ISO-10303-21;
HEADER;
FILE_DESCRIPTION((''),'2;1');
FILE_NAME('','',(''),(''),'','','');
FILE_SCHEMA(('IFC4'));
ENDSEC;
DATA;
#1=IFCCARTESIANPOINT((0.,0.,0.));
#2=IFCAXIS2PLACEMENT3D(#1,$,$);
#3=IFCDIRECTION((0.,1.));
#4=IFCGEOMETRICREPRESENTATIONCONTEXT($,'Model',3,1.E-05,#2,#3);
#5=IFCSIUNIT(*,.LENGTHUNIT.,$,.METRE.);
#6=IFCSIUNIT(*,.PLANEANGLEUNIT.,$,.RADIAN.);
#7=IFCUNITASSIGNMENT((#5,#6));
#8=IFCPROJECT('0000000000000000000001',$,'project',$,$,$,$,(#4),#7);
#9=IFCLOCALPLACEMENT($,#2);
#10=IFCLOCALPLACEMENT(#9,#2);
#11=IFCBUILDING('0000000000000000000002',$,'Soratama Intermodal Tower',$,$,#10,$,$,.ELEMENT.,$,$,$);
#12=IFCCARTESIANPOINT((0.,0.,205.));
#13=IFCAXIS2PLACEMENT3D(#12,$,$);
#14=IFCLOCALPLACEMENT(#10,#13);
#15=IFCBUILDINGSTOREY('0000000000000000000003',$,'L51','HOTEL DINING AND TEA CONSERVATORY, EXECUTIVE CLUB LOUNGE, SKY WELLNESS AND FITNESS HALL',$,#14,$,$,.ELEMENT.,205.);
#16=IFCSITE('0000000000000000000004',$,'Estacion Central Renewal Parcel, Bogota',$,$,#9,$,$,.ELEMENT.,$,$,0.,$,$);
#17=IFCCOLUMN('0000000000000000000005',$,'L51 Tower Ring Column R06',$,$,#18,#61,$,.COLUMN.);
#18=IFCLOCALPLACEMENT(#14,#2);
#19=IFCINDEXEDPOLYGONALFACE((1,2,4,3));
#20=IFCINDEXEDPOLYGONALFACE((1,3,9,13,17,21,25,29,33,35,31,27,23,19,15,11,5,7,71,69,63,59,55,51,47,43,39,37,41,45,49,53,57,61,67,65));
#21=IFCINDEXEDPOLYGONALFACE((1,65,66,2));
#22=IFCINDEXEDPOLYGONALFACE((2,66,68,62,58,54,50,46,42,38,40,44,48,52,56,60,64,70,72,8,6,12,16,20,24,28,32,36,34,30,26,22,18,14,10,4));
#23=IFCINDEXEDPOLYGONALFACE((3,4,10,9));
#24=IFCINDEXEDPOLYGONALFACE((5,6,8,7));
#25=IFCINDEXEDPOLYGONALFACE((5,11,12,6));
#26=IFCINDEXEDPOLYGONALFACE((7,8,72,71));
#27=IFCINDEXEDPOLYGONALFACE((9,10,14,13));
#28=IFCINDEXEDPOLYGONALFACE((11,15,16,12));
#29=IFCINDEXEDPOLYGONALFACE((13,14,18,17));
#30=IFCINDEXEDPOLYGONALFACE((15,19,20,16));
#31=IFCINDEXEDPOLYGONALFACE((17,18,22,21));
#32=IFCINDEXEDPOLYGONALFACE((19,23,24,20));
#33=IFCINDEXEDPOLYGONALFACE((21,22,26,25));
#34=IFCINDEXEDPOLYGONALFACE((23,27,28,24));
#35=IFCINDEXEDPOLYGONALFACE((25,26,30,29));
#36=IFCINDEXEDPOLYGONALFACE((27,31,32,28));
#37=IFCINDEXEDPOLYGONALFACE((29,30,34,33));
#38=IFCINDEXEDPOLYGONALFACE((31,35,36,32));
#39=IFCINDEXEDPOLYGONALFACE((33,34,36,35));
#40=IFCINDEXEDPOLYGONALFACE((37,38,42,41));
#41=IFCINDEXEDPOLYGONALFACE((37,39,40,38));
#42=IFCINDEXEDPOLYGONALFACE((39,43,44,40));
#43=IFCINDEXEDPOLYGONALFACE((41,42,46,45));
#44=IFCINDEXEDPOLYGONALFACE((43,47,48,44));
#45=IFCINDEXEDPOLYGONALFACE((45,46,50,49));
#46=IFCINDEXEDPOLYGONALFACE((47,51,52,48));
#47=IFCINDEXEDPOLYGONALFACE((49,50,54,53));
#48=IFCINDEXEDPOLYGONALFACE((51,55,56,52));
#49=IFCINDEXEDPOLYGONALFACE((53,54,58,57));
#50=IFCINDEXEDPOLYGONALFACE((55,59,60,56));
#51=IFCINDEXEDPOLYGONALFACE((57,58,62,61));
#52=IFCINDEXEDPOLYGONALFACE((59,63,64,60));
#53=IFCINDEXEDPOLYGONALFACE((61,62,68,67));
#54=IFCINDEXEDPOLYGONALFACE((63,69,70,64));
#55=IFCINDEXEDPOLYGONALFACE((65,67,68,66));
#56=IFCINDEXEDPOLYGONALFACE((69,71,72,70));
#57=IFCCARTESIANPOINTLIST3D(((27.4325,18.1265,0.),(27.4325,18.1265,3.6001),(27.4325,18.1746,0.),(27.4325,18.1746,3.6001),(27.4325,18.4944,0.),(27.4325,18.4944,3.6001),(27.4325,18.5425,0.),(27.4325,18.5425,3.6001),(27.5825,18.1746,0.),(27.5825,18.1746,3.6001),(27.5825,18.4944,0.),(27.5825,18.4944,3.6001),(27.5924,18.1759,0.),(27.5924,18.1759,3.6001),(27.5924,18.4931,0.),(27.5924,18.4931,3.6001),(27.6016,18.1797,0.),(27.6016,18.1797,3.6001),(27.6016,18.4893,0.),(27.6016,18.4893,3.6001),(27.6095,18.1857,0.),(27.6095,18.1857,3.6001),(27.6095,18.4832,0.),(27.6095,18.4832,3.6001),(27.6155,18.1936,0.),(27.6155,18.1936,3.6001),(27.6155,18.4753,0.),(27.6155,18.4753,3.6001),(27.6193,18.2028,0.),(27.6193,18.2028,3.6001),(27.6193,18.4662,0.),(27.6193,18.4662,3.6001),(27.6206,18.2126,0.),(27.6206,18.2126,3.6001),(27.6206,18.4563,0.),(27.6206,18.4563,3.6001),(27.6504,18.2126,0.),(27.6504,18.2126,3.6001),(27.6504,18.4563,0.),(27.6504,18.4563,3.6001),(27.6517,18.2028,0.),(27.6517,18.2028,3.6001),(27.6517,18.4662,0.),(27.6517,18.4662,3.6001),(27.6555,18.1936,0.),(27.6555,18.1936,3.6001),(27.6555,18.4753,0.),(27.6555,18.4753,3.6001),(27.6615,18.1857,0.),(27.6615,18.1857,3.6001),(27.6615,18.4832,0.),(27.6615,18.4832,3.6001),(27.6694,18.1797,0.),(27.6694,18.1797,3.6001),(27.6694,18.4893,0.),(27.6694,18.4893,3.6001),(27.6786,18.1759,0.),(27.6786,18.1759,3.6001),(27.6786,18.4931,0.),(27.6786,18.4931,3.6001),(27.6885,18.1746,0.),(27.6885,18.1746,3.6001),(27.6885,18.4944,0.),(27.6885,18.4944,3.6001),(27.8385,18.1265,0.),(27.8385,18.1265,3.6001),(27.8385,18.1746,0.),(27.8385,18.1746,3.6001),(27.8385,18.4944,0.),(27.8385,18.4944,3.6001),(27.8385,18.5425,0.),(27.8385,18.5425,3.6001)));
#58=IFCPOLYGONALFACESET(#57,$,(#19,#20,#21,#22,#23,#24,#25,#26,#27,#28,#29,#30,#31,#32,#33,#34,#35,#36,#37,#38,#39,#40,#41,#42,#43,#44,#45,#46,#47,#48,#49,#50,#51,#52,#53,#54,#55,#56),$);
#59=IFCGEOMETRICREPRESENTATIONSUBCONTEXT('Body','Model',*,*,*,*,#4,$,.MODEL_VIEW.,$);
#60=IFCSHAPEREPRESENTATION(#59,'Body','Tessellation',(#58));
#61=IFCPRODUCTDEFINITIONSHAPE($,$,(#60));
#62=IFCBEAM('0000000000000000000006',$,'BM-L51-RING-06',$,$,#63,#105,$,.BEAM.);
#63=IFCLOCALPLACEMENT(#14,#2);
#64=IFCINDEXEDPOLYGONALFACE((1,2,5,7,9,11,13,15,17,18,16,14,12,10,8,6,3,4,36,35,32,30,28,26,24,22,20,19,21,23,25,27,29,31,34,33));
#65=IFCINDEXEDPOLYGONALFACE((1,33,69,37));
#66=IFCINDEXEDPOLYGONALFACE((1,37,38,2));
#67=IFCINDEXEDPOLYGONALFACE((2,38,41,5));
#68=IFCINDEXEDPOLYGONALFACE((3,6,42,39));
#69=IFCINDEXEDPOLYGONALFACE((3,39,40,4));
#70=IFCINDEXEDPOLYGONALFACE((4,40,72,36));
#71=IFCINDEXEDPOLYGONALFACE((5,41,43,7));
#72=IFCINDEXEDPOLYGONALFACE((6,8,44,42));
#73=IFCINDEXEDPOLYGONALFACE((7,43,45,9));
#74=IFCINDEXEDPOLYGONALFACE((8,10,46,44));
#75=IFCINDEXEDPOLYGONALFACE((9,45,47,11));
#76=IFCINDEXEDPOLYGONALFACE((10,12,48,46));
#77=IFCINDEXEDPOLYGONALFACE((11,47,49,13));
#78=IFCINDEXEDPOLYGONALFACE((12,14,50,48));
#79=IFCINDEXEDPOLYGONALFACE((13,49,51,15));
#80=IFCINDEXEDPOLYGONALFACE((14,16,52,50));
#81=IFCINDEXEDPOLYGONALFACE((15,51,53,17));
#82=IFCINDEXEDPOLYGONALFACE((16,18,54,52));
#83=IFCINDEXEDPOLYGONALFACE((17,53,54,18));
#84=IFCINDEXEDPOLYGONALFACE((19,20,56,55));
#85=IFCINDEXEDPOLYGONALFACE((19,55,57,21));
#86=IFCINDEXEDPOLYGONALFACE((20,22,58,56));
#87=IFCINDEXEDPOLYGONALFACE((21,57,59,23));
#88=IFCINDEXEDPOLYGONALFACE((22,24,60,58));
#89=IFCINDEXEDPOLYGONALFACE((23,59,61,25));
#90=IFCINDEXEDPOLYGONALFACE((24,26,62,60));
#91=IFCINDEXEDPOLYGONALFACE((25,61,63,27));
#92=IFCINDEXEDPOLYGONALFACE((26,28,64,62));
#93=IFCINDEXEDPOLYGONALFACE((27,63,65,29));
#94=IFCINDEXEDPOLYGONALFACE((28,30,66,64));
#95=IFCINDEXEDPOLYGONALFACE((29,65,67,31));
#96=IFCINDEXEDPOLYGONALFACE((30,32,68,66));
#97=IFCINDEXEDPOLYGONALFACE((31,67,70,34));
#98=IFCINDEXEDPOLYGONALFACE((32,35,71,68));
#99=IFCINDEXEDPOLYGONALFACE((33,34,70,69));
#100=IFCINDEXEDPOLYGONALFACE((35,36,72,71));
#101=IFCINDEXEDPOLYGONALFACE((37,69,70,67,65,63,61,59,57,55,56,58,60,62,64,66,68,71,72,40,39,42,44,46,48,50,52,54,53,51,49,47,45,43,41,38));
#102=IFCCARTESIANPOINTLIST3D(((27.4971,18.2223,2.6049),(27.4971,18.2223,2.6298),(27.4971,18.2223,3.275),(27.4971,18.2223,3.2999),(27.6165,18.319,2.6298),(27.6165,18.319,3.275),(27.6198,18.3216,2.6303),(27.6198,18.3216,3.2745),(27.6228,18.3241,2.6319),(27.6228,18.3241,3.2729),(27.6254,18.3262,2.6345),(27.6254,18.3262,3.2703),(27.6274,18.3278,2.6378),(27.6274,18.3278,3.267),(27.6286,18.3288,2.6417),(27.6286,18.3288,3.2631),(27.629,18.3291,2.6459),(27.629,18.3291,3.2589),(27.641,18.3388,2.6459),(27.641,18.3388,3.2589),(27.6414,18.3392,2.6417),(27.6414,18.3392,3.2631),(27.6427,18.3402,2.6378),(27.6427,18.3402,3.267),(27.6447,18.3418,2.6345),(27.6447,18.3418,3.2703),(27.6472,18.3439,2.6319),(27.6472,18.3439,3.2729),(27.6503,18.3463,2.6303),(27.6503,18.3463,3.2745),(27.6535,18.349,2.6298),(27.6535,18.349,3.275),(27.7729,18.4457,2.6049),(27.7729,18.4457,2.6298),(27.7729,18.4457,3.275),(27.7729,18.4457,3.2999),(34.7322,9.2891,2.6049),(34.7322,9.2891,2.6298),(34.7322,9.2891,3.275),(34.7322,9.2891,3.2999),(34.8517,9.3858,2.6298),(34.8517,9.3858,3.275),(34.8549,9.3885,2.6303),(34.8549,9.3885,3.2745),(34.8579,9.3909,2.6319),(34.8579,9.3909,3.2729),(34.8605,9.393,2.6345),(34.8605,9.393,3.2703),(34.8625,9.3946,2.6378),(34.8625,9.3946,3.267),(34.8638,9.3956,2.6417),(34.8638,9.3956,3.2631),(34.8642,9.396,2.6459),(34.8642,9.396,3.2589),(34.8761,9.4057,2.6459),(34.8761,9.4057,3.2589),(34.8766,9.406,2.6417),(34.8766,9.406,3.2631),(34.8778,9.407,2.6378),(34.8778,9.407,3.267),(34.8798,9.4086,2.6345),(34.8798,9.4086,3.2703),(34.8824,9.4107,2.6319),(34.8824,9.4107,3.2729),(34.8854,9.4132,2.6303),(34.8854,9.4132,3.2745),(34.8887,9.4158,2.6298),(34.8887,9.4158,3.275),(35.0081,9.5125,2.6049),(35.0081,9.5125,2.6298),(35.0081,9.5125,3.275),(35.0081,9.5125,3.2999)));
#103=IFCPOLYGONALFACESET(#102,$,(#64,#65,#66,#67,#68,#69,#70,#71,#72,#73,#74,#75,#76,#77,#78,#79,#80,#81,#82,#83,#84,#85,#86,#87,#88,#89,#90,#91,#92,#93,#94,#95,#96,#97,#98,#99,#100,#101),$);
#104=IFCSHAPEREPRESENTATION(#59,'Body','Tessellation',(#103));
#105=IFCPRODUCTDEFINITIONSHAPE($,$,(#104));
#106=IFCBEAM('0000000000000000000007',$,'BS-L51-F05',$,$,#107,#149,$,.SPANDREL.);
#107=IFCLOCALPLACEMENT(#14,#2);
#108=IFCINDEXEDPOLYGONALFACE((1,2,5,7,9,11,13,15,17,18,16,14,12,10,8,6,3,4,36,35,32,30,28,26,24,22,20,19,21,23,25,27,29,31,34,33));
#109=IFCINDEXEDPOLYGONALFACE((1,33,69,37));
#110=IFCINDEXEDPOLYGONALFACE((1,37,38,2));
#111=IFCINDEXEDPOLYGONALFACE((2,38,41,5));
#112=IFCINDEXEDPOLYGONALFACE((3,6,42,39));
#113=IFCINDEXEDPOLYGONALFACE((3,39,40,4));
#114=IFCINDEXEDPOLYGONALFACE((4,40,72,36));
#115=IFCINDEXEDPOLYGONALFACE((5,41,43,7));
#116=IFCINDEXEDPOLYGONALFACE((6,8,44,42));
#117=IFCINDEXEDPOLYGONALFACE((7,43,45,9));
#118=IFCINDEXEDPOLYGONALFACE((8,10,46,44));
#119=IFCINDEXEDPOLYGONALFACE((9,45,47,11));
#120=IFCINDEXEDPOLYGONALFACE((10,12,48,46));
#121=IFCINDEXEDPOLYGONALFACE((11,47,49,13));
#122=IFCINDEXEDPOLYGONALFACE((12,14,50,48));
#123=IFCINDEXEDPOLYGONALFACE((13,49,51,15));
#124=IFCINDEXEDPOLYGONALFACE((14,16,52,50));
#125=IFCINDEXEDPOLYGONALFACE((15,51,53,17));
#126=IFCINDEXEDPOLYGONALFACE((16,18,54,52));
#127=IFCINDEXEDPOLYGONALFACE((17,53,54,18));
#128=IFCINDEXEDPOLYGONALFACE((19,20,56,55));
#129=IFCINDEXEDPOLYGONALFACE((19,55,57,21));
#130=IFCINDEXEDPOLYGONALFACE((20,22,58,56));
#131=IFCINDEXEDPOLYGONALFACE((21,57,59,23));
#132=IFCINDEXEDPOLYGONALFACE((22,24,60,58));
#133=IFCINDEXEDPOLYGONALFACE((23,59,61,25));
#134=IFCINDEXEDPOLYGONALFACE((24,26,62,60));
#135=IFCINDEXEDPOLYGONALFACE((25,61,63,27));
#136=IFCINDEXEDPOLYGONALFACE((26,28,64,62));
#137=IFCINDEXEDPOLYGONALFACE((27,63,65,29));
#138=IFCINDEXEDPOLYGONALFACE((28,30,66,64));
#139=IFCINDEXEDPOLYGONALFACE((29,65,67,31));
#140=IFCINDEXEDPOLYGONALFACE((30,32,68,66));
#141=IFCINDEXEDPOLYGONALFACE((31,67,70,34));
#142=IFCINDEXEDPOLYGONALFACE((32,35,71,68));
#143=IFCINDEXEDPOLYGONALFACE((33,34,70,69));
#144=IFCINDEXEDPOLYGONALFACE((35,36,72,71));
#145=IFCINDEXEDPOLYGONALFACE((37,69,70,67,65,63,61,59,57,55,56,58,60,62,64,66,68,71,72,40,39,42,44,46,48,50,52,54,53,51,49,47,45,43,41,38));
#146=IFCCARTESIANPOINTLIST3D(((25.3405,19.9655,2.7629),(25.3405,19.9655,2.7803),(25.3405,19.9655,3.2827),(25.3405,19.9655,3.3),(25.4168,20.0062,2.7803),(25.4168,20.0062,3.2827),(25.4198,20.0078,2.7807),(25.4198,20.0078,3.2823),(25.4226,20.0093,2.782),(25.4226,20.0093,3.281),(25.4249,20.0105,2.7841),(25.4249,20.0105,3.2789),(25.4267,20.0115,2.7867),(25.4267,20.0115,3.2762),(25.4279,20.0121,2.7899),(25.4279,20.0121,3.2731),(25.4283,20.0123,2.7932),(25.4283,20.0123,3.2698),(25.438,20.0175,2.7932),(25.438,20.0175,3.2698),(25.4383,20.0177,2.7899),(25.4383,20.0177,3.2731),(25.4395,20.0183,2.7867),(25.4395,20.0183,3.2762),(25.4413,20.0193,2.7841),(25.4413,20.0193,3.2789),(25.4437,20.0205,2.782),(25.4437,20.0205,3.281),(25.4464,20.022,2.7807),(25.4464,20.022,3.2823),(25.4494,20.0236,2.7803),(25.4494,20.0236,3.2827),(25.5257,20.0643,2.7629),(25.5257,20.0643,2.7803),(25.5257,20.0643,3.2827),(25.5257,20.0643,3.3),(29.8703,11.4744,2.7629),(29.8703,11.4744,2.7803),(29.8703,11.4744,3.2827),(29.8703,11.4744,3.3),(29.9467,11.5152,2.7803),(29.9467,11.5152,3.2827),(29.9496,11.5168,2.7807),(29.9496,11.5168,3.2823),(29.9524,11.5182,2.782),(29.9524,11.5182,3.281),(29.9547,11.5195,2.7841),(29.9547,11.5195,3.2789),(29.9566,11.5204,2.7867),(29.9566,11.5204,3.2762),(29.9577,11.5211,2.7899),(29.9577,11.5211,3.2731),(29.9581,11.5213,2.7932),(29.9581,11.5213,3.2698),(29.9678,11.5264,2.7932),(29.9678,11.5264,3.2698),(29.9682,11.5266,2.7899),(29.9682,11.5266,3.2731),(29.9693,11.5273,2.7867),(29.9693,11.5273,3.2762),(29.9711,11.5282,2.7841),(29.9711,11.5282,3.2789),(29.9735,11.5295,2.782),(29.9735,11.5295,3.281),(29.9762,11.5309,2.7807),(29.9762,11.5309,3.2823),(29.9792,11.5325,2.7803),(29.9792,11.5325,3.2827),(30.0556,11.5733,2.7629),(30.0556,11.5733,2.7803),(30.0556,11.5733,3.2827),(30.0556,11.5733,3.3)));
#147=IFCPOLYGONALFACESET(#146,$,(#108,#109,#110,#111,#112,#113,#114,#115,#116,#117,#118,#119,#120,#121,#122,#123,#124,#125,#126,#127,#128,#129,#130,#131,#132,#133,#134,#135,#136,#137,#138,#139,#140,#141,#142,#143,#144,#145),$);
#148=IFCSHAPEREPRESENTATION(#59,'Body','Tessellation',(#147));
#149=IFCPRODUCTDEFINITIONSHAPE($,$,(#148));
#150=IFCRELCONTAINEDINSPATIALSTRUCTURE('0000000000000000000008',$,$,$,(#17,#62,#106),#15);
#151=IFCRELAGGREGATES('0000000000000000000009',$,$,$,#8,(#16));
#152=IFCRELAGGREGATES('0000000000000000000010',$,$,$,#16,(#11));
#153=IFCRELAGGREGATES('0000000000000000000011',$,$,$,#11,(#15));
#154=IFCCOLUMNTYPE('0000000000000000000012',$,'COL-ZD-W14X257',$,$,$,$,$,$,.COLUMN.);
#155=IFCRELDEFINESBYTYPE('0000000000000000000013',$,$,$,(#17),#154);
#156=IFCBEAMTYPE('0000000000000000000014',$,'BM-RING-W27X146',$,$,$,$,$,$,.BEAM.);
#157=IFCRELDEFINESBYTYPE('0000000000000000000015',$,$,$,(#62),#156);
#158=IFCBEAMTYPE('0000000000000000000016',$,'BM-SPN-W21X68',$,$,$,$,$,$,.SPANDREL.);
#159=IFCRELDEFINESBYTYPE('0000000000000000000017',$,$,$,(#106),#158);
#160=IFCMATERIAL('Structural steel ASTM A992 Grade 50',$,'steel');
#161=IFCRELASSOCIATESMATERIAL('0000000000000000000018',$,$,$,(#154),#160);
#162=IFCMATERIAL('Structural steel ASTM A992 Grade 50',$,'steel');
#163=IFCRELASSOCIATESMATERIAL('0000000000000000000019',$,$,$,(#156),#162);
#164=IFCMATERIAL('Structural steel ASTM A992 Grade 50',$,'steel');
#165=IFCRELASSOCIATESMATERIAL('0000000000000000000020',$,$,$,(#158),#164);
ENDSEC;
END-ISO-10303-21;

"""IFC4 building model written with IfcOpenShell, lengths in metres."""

from ifc_helpers import new_model, si_unit, direction, frame, origin, origin_2d, place, context, subcontext, project, spatial, i_section, extrude, material, material_profile, profile_set, type_object, element, save


model = new_model("IFC4")

# Units and contexts
model_context = context("Model", 3, precision=1e-05, world=origin(), true_north=direction((0.0, 1.0)))
body_context = subcontext(model_context, "Body", "Model", "MODEL_VIEW")
ifc_project = project(units=[si_unit("LENGTHUNIT", "METRE"), si_unit("PLANEANGLEUNIT", "RADIAN")], contexts=[model_context])

# Site, building, storey
site_placement = place(None, origin())
site = spatial("IfcSite", under=ifc_project, at=site_placement, Name="Estacion Central Renewal Parcel, Bogota", CompositionType="ELEMENT", RefElevation=0.0)
building_placement = place(site_placement, origin())
building = spatial("IfcBuilding", under=site, at=building_placement, Name="Soratama Intermodal Tower", CompositionType="ELEMENT")
storey_placement = place(building_placement, frame((0.0, 0.0, 205.0)))
storey = spatial("IfcBuildingStorey", under=building, at=storey_placement, Name="L51", Description="HOTEL DINING AND TEA CONSERVATORY, EXECUTIVE CLUB LOUNGE, SKY WELLNESS AND FITNESS HALL", CompositionType="ELEMENT", Elevation=205.0)

# Column
ifc_material_1 = material(Name="Structural steel ASTM A992 Grade 50", Category="steel")
ifc_material_profile_1 = material_profile(ifc_material_1, i_section(OverallWidth=0.406, OverallDepth=0.416, WebThickness=0.0298, FlangeThickness=0.0481, FilletRadius=0.0381, at=origin_2d()), Name="W14X257")
ifc_profile_set_1 = profile_set([ifc_material_profile_1], Name="Structural steel ASTM A992 Grade 50")
column_type = type_object("IfcColumnType", Name="COL-ZD-W14X257", PredefinedType="COLUMN", material=ifc_profile_set_1)
column_placement = place(storey_placement, frame((27.6355, 18.3345, 0.0), z_axis=(0.0, 0.0, 1.0), x_axis=(1.0, 0.0, 0.0)))
element("IfcColumn", 1, at=column_placement, inside=storey, type_object=column_type, Name="L51 Tower Ring Column R06", PredefinedType="COLUMN", context=body_context, shape_type="SweptSolid", body=[
    extrude(i_section(OverallWidth=0.406, OverallDepth=0.416, WebThickness=0.0298, FlangeThickness=0.0481, FilletRadius=0.0381, at=origin_2d()), origin(), (0.0, 0.0, 1.0), 3.6001),
])

# Beams
ifc_material_2 = material(Name="Structural steel ASTM A992 Grade 50", Category="steel")
ifc_material_profile_2 = material_profile(ifc_material_2, i_section(OverallWidth=0.355, OverallDepth=0.6951, WebThickness=0.0154, FlangeThickness=0.0249, FilletRadius=0.0161, at=origin_2d()), Name="W27X146")
ifc_profile_set_2 = profile_set([ifc_material_profile_2], Name="Structural steel ASTM A992 Grade 50")
beam_type_1 = type_object("IfcBeamType", Name="BM-RING-W27X146", PredefinedType="BEAM", material=ifc_profile_set_2)
beam_1_placement = place(storey_placement, frame((27.635, 18.334, 2.9524), z_axis=(0.629385, -0.777094, 0.0), x_axis=(0.777094, 0.629385, 0.0)))
element("IfcBeam", 2, at=beam_1_placement, inside=storey, type_object=beam_type_1, Name="BM-L51-RING-06", PredefinedType="BEAM", context=body_context, shape_type="SweptSolid", body=[
    extrude(i_section(OverallWidth=0.355, OverallDepth=0.6951, WebThickness=0.0154, FlangeThickness=0.0249, FilletRadius=0.0161, at=origin_2d()), origin(), (0.0, 0.0, 1.0), 11.4956),
])
ifc_material_3 = material(Name="Structural steel ASTM A992 Grade 50", Category="steel")
ifc_material_profile_3 = material_profile(ifc_material_3, i_section(OverallWidth=0.21, OverallDepth=0.5371, WebThickness=0.011, FlangeThickness=0.0173, FilletRadius=0.0129, at=origin_2d()), Name="W21X68")
ifc_profile_set_3 = profile_set([ifc_material_profile_3], Name="Structural steel ASTM A992 Grade 50")
beam_type_2 = type_object("IfcBeamType", Name="BM-SPN-W21X68", PredefinedType="SPANDREL", material=ifc_profile_set_3)
beam_2_placement = place(storey_placement, frame((25.4331, 20.0149, 3.0315), z_axis=(0.470691, -0.882298, 0.0), x_axis=(0.882298, 0.470691, 0.0)))
element("IfcBeam", 3, at=beam_2_placement, inside=storey, type_object=beam_type_2, Name="BS-L51-F05", PredefinedType="SPANDREL", context=body_context, shape_type="SweptSolid", body=[
    extrude(i_section(OverallWidth=0.21, OverallDepth=0.5371, WebThickness=0.011, FlangeThickness=0.0173, FilletRadius=0.0129, at=origin_2d()), origin(), (0.0, 0.0, 1.0), 9.6238),
])

save(model, "model.ifc")
